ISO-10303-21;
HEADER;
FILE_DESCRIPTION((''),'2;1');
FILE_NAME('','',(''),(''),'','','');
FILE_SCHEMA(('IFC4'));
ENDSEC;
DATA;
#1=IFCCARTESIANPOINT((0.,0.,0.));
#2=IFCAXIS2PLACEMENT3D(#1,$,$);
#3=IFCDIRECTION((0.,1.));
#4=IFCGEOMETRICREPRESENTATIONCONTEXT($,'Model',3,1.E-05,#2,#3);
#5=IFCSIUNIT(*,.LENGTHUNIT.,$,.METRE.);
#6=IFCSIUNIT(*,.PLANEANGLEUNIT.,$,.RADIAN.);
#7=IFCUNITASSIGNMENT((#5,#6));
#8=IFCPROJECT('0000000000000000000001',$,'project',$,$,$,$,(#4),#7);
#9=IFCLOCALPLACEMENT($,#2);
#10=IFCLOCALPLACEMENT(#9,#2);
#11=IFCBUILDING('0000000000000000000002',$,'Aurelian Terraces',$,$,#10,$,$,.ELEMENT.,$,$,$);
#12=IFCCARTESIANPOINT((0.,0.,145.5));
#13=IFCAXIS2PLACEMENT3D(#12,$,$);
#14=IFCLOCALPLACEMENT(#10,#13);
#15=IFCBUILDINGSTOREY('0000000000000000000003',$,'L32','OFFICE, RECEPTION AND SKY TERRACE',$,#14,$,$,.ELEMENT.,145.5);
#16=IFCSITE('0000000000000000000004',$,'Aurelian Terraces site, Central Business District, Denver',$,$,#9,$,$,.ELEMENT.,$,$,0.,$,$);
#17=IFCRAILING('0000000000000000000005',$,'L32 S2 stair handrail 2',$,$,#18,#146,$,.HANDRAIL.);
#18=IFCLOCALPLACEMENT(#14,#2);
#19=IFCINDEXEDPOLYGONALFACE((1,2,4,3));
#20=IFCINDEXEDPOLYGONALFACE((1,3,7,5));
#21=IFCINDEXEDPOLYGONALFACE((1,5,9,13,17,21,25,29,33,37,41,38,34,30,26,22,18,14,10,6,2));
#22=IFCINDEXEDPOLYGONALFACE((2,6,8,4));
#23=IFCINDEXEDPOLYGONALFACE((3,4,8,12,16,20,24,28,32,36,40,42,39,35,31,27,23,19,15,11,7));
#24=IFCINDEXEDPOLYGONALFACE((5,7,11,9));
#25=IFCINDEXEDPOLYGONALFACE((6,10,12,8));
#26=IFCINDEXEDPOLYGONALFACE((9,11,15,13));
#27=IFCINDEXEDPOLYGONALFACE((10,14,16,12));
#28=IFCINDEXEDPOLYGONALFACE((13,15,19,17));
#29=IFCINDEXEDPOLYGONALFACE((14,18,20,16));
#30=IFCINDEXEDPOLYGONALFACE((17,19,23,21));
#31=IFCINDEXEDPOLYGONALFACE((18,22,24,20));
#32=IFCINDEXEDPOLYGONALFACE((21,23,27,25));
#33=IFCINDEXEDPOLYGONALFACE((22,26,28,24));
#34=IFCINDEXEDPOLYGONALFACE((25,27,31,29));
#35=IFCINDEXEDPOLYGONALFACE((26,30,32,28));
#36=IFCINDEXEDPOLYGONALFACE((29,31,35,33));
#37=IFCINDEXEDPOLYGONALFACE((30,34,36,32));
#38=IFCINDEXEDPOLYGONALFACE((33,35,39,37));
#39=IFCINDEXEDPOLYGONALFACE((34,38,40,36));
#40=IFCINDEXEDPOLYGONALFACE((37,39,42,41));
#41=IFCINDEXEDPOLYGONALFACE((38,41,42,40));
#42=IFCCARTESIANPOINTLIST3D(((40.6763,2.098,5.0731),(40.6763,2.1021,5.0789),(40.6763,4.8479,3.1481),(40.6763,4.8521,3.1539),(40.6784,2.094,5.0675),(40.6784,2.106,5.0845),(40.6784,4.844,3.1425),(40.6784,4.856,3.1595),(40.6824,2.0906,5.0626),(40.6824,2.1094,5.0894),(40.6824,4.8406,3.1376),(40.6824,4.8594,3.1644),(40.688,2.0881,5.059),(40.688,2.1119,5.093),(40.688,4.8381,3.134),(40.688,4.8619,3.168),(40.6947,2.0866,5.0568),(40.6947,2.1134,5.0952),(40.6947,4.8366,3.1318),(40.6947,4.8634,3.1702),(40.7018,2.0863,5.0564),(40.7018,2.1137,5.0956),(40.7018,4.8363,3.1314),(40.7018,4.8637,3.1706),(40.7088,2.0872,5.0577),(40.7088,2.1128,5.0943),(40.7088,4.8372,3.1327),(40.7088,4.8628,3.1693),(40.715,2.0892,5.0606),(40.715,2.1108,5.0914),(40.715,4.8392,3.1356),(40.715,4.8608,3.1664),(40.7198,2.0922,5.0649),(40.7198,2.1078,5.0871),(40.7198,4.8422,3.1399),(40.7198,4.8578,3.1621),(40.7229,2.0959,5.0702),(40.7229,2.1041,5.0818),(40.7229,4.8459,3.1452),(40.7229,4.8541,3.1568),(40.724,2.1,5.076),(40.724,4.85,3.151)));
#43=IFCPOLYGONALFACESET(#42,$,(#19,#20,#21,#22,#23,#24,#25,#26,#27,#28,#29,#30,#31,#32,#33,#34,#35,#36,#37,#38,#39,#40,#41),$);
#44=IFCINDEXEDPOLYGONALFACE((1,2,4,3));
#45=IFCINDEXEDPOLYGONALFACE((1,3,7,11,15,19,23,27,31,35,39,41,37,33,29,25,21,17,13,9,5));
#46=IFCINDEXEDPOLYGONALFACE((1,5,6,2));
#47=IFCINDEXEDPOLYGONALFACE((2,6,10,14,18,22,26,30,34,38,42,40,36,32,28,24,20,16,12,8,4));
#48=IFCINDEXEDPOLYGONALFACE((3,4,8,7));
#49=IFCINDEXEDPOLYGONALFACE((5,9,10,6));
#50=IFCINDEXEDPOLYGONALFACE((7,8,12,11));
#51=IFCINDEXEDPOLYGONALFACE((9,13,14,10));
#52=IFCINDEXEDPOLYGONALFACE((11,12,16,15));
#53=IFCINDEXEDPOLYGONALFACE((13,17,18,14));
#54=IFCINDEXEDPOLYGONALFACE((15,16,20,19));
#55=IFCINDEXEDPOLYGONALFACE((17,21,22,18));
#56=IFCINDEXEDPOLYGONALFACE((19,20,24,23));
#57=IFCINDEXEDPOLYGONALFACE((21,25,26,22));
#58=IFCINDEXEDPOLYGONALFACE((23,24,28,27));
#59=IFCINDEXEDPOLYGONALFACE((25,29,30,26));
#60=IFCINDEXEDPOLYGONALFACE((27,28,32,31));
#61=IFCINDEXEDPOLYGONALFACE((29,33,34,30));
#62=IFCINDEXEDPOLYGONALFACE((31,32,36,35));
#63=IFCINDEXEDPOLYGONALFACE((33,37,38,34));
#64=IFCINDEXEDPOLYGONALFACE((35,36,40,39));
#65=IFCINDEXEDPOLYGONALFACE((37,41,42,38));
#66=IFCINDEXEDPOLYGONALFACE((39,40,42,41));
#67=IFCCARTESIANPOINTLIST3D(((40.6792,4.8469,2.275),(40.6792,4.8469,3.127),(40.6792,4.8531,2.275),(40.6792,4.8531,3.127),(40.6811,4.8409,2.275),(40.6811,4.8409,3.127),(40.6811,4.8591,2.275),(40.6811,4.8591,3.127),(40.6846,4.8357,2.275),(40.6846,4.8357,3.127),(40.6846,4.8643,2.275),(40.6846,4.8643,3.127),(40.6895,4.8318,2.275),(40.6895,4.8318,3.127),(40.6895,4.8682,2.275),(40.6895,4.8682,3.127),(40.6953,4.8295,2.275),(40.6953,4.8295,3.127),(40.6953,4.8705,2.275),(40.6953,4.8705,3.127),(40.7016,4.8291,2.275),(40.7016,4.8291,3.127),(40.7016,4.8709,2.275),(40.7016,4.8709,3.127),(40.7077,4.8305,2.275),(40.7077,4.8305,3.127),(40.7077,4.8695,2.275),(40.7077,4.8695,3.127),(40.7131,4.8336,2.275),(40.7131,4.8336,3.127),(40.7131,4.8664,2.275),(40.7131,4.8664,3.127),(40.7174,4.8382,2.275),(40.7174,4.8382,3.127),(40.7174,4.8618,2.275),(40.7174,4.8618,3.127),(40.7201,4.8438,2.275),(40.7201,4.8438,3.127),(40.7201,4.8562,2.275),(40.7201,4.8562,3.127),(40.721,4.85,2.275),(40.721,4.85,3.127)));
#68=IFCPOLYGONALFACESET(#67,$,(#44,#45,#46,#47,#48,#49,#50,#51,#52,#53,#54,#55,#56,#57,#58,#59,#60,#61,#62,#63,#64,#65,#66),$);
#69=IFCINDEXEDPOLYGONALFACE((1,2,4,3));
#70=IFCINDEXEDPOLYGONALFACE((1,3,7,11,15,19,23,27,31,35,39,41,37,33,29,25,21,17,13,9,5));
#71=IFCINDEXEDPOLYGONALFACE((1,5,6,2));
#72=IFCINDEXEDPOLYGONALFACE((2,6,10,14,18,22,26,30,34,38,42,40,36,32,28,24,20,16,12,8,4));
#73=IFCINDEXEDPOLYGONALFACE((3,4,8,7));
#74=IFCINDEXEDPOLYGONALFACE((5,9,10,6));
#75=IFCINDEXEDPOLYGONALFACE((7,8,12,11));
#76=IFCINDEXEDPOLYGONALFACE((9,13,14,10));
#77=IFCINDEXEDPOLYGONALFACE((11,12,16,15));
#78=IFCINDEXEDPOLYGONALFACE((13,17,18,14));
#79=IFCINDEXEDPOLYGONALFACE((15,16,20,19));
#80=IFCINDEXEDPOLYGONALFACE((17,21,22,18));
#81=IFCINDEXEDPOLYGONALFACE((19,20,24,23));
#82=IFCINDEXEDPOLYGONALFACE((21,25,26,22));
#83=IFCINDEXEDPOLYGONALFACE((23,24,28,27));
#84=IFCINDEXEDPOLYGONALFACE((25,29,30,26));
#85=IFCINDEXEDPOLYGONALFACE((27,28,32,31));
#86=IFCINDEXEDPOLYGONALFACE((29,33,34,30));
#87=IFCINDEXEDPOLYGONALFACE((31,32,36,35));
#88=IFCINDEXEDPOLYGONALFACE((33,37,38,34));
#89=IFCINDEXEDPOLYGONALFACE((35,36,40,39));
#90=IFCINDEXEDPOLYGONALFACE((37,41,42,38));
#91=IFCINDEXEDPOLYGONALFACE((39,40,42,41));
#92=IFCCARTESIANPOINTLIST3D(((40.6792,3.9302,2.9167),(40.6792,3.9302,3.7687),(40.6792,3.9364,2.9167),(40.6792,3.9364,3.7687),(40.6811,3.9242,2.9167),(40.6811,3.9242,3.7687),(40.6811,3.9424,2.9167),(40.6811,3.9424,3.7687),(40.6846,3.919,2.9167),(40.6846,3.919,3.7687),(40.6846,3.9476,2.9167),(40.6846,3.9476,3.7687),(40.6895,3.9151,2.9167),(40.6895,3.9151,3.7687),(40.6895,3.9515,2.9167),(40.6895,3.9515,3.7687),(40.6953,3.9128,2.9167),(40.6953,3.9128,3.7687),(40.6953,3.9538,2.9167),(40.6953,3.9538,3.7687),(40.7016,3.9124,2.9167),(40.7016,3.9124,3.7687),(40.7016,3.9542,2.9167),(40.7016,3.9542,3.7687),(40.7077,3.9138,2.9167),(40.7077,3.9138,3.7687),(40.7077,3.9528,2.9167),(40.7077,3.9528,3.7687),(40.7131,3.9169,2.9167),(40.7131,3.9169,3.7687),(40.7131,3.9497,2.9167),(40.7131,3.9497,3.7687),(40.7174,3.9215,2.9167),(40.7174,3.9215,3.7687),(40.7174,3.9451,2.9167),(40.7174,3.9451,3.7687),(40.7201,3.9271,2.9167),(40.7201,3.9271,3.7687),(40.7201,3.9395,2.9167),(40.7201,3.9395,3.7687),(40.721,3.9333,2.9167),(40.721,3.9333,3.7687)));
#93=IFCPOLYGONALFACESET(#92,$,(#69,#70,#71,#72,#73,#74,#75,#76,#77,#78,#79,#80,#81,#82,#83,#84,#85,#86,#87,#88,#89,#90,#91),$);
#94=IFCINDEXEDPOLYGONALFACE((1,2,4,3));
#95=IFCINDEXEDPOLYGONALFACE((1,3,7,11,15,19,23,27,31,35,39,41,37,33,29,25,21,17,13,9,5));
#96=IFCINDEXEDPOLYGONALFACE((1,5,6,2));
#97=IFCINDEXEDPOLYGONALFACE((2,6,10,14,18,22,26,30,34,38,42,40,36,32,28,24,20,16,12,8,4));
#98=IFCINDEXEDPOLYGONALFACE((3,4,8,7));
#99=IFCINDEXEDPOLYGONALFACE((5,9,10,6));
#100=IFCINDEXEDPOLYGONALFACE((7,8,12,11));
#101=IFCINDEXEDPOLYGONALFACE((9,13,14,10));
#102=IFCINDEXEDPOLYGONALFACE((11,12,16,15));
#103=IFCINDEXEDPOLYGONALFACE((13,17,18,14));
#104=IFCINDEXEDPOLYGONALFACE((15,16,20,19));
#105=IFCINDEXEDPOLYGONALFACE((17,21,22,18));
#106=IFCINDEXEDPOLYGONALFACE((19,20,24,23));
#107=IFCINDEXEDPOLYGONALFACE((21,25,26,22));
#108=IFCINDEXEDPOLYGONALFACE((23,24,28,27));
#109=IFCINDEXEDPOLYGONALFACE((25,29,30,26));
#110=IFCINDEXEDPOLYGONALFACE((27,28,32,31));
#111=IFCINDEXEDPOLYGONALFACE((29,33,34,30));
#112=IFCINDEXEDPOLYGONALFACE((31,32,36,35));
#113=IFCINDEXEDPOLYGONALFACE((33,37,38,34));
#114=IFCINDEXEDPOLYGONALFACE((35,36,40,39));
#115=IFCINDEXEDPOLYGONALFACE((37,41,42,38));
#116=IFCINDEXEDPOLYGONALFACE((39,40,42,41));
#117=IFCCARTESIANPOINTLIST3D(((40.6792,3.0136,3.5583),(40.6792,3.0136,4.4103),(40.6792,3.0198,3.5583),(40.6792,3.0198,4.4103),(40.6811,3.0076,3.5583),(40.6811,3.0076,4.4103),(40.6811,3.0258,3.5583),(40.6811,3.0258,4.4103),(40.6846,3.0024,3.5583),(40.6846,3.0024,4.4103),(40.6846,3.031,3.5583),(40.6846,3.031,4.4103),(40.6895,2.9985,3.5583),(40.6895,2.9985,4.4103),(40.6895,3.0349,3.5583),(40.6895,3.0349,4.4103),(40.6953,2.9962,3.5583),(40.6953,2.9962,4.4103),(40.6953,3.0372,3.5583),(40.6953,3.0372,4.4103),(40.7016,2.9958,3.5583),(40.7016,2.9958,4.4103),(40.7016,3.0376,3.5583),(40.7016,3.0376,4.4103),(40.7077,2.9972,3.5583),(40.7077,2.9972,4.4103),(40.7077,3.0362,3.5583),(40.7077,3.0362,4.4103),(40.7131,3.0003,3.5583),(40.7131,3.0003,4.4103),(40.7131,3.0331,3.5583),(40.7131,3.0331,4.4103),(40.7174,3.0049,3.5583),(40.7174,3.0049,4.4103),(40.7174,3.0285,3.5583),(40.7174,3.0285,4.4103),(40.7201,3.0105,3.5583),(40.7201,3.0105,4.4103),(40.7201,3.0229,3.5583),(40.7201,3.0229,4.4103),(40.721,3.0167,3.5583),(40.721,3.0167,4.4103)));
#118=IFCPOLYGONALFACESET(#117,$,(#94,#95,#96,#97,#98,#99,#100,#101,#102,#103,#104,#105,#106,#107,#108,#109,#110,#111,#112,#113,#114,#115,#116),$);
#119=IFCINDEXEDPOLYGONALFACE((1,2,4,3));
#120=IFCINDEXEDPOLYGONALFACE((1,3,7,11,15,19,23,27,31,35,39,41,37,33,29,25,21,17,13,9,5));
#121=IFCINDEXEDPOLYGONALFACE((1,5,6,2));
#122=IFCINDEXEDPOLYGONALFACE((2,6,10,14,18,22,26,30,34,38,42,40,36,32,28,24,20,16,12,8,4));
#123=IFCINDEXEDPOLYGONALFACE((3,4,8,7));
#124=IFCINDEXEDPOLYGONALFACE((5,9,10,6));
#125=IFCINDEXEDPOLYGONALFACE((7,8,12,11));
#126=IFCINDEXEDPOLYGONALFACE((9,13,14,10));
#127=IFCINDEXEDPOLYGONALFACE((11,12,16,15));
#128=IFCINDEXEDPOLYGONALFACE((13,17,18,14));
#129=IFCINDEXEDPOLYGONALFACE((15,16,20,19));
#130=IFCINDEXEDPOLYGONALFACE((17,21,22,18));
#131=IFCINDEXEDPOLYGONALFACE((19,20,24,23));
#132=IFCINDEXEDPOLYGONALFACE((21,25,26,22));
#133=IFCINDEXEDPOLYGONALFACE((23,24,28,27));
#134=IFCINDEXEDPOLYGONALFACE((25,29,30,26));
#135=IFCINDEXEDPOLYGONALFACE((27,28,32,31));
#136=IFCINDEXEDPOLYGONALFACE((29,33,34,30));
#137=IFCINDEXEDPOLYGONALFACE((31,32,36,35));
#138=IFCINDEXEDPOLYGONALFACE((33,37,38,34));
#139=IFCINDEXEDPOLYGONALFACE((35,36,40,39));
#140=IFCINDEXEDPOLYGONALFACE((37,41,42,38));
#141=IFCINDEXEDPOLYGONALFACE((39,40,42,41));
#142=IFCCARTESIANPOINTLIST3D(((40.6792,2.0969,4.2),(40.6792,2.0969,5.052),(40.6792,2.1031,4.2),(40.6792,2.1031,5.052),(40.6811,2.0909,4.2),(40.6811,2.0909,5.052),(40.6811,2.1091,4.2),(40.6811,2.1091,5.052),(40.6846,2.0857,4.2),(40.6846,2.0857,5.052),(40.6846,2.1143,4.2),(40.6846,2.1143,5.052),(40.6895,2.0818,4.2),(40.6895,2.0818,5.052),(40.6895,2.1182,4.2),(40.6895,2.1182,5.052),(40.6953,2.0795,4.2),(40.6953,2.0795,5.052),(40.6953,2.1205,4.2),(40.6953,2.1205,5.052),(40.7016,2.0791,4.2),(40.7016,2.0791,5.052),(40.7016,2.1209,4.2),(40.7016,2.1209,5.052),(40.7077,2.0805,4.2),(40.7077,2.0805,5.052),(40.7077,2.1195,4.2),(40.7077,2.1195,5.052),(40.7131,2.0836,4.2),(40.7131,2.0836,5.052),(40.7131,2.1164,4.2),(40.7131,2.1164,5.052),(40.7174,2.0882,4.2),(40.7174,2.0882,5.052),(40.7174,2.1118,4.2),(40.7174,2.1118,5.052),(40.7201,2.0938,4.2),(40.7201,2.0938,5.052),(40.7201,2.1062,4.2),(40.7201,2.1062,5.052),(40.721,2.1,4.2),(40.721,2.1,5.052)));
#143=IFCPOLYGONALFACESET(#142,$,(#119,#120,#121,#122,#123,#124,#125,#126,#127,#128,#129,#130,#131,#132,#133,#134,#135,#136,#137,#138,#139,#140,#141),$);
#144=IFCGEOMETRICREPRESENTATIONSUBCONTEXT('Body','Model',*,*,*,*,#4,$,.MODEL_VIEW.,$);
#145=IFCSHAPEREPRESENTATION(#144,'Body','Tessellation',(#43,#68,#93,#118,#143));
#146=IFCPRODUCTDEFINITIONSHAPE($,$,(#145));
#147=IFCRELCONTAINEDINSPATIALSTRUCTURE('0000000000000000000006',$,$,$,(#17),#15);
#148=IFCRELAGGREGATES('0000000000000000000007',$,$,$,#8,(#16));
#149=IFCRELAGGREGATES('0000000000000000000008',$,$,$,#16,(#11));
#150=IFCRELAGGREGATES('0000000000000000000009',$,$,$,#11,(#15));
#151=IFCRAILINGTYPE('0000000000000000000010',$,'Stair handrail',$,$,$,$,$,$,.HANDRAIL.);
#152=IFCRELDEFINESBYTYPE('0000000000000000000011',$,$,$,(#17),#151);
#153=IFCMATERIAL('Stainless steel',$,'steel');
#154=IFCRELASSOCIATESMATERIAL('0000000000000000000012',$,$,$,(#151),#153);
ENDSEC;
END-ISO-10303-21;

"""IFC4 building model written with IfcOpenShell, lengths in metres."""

from ifc_helpers import new_model, si_unit, direction, frame, origin, origin_2d, place, context, subcontext, project, spatial, circle, extrude, source, transform, mapped, material, type_object, element, save


model = new_model("IFC4")

# Units and contexts
model_context = context("Model", 3, precision=1e-05, world=origin(), true_north=direction((0.0, 1.0)))
body_context = subcontext(model_context, "Body", "Model", "MODEL_VIEW")
ifc_project = project(units=[si_unit("LENGTHUNIT", "METRE"), si_unit("PLANEANGLEUNIT", "RADIAN")], contexts=[model_context])

# Site, building, storey
site_placement = place(None, origin())
site = spatial("IfcSite", under=ifc_project, at=site_placement, Name="Aurelian Terraces site, Central Business District, Denver", CompositionType="ELEMENT", RefElevation=0.0)
building_placement = place(site_placement, origin())
building = spatial("IfcBuilding", under=site, at=building_placement, Name="Aurelian Terraces", CompositionType="ELEMENT")
storey_placement = place(building_placement, frame((0.0, 0.0, 145.5)))
storey = spatial("IfcBuildingStorey", under=building, at=storey_placement, Name="L32", Description="OFFICE, RECEPTION AND SKY TERRACE", CompositionType="ELEMENT", Elevation=145.5)

# Railing
ifc_material_1 = material(Name="Stainless steel", Category="steel")
railing_type_1 = type_object("IfcRailingType", Name="Stair handrail", PredefinedType="HANDRAIL", material=ifc_material_1)
shared_shape_1 = source(origin(), body_context, "Body", "SweptSolid", [
    extrude(circle(Radius=0.024, at=origin_2d()), frame((0.0, 0.0, 0.876), z_axis=(0.0, -0.819232, 0.573462), x_axis=(1.0, 0.0, 0.0)), (0.0, 0.0, 1.0), 3.3568),
    extrude(circle(Radius=0.021, at=origin_2d()), origin(), (0.0, 0.0, 1.0), 0.852),
    extrude(circle(Radius=0.021, at=origin_2d()), frame((0.0, -0.9167, 0.6417)), (0.0, 0.0, 1.0), 0.852),
    extrude(circle(Radius=0.021, at=origin_2d()), frame((0.0, -1.8333, 1.2833)), (0.0, 0.0, 1.0), 0.852),
    extrude(circle(Radius=0.021, at=origin_2d()), frame((0.0, -2.75, 1.925)), (0.0, 0.0, 1.0), 0.852),
])
railing_1_placement = place(storey_placement, frame((40.7, 4.85, 2.275)))
element("IfcRailing", 1, at=railing_1_placement, inside=storey, type_object=railing_type_1, Name="L32 S2 stair handrail 2", PredefinedType="HANDRAIL", context=body_context, shape_type="MappedRepresentation", body=[
    mapped(shared_shape_1, transform((0.0, 0.0, 0.0), scale=1.0)),
])

save(model, "model.ifc")
